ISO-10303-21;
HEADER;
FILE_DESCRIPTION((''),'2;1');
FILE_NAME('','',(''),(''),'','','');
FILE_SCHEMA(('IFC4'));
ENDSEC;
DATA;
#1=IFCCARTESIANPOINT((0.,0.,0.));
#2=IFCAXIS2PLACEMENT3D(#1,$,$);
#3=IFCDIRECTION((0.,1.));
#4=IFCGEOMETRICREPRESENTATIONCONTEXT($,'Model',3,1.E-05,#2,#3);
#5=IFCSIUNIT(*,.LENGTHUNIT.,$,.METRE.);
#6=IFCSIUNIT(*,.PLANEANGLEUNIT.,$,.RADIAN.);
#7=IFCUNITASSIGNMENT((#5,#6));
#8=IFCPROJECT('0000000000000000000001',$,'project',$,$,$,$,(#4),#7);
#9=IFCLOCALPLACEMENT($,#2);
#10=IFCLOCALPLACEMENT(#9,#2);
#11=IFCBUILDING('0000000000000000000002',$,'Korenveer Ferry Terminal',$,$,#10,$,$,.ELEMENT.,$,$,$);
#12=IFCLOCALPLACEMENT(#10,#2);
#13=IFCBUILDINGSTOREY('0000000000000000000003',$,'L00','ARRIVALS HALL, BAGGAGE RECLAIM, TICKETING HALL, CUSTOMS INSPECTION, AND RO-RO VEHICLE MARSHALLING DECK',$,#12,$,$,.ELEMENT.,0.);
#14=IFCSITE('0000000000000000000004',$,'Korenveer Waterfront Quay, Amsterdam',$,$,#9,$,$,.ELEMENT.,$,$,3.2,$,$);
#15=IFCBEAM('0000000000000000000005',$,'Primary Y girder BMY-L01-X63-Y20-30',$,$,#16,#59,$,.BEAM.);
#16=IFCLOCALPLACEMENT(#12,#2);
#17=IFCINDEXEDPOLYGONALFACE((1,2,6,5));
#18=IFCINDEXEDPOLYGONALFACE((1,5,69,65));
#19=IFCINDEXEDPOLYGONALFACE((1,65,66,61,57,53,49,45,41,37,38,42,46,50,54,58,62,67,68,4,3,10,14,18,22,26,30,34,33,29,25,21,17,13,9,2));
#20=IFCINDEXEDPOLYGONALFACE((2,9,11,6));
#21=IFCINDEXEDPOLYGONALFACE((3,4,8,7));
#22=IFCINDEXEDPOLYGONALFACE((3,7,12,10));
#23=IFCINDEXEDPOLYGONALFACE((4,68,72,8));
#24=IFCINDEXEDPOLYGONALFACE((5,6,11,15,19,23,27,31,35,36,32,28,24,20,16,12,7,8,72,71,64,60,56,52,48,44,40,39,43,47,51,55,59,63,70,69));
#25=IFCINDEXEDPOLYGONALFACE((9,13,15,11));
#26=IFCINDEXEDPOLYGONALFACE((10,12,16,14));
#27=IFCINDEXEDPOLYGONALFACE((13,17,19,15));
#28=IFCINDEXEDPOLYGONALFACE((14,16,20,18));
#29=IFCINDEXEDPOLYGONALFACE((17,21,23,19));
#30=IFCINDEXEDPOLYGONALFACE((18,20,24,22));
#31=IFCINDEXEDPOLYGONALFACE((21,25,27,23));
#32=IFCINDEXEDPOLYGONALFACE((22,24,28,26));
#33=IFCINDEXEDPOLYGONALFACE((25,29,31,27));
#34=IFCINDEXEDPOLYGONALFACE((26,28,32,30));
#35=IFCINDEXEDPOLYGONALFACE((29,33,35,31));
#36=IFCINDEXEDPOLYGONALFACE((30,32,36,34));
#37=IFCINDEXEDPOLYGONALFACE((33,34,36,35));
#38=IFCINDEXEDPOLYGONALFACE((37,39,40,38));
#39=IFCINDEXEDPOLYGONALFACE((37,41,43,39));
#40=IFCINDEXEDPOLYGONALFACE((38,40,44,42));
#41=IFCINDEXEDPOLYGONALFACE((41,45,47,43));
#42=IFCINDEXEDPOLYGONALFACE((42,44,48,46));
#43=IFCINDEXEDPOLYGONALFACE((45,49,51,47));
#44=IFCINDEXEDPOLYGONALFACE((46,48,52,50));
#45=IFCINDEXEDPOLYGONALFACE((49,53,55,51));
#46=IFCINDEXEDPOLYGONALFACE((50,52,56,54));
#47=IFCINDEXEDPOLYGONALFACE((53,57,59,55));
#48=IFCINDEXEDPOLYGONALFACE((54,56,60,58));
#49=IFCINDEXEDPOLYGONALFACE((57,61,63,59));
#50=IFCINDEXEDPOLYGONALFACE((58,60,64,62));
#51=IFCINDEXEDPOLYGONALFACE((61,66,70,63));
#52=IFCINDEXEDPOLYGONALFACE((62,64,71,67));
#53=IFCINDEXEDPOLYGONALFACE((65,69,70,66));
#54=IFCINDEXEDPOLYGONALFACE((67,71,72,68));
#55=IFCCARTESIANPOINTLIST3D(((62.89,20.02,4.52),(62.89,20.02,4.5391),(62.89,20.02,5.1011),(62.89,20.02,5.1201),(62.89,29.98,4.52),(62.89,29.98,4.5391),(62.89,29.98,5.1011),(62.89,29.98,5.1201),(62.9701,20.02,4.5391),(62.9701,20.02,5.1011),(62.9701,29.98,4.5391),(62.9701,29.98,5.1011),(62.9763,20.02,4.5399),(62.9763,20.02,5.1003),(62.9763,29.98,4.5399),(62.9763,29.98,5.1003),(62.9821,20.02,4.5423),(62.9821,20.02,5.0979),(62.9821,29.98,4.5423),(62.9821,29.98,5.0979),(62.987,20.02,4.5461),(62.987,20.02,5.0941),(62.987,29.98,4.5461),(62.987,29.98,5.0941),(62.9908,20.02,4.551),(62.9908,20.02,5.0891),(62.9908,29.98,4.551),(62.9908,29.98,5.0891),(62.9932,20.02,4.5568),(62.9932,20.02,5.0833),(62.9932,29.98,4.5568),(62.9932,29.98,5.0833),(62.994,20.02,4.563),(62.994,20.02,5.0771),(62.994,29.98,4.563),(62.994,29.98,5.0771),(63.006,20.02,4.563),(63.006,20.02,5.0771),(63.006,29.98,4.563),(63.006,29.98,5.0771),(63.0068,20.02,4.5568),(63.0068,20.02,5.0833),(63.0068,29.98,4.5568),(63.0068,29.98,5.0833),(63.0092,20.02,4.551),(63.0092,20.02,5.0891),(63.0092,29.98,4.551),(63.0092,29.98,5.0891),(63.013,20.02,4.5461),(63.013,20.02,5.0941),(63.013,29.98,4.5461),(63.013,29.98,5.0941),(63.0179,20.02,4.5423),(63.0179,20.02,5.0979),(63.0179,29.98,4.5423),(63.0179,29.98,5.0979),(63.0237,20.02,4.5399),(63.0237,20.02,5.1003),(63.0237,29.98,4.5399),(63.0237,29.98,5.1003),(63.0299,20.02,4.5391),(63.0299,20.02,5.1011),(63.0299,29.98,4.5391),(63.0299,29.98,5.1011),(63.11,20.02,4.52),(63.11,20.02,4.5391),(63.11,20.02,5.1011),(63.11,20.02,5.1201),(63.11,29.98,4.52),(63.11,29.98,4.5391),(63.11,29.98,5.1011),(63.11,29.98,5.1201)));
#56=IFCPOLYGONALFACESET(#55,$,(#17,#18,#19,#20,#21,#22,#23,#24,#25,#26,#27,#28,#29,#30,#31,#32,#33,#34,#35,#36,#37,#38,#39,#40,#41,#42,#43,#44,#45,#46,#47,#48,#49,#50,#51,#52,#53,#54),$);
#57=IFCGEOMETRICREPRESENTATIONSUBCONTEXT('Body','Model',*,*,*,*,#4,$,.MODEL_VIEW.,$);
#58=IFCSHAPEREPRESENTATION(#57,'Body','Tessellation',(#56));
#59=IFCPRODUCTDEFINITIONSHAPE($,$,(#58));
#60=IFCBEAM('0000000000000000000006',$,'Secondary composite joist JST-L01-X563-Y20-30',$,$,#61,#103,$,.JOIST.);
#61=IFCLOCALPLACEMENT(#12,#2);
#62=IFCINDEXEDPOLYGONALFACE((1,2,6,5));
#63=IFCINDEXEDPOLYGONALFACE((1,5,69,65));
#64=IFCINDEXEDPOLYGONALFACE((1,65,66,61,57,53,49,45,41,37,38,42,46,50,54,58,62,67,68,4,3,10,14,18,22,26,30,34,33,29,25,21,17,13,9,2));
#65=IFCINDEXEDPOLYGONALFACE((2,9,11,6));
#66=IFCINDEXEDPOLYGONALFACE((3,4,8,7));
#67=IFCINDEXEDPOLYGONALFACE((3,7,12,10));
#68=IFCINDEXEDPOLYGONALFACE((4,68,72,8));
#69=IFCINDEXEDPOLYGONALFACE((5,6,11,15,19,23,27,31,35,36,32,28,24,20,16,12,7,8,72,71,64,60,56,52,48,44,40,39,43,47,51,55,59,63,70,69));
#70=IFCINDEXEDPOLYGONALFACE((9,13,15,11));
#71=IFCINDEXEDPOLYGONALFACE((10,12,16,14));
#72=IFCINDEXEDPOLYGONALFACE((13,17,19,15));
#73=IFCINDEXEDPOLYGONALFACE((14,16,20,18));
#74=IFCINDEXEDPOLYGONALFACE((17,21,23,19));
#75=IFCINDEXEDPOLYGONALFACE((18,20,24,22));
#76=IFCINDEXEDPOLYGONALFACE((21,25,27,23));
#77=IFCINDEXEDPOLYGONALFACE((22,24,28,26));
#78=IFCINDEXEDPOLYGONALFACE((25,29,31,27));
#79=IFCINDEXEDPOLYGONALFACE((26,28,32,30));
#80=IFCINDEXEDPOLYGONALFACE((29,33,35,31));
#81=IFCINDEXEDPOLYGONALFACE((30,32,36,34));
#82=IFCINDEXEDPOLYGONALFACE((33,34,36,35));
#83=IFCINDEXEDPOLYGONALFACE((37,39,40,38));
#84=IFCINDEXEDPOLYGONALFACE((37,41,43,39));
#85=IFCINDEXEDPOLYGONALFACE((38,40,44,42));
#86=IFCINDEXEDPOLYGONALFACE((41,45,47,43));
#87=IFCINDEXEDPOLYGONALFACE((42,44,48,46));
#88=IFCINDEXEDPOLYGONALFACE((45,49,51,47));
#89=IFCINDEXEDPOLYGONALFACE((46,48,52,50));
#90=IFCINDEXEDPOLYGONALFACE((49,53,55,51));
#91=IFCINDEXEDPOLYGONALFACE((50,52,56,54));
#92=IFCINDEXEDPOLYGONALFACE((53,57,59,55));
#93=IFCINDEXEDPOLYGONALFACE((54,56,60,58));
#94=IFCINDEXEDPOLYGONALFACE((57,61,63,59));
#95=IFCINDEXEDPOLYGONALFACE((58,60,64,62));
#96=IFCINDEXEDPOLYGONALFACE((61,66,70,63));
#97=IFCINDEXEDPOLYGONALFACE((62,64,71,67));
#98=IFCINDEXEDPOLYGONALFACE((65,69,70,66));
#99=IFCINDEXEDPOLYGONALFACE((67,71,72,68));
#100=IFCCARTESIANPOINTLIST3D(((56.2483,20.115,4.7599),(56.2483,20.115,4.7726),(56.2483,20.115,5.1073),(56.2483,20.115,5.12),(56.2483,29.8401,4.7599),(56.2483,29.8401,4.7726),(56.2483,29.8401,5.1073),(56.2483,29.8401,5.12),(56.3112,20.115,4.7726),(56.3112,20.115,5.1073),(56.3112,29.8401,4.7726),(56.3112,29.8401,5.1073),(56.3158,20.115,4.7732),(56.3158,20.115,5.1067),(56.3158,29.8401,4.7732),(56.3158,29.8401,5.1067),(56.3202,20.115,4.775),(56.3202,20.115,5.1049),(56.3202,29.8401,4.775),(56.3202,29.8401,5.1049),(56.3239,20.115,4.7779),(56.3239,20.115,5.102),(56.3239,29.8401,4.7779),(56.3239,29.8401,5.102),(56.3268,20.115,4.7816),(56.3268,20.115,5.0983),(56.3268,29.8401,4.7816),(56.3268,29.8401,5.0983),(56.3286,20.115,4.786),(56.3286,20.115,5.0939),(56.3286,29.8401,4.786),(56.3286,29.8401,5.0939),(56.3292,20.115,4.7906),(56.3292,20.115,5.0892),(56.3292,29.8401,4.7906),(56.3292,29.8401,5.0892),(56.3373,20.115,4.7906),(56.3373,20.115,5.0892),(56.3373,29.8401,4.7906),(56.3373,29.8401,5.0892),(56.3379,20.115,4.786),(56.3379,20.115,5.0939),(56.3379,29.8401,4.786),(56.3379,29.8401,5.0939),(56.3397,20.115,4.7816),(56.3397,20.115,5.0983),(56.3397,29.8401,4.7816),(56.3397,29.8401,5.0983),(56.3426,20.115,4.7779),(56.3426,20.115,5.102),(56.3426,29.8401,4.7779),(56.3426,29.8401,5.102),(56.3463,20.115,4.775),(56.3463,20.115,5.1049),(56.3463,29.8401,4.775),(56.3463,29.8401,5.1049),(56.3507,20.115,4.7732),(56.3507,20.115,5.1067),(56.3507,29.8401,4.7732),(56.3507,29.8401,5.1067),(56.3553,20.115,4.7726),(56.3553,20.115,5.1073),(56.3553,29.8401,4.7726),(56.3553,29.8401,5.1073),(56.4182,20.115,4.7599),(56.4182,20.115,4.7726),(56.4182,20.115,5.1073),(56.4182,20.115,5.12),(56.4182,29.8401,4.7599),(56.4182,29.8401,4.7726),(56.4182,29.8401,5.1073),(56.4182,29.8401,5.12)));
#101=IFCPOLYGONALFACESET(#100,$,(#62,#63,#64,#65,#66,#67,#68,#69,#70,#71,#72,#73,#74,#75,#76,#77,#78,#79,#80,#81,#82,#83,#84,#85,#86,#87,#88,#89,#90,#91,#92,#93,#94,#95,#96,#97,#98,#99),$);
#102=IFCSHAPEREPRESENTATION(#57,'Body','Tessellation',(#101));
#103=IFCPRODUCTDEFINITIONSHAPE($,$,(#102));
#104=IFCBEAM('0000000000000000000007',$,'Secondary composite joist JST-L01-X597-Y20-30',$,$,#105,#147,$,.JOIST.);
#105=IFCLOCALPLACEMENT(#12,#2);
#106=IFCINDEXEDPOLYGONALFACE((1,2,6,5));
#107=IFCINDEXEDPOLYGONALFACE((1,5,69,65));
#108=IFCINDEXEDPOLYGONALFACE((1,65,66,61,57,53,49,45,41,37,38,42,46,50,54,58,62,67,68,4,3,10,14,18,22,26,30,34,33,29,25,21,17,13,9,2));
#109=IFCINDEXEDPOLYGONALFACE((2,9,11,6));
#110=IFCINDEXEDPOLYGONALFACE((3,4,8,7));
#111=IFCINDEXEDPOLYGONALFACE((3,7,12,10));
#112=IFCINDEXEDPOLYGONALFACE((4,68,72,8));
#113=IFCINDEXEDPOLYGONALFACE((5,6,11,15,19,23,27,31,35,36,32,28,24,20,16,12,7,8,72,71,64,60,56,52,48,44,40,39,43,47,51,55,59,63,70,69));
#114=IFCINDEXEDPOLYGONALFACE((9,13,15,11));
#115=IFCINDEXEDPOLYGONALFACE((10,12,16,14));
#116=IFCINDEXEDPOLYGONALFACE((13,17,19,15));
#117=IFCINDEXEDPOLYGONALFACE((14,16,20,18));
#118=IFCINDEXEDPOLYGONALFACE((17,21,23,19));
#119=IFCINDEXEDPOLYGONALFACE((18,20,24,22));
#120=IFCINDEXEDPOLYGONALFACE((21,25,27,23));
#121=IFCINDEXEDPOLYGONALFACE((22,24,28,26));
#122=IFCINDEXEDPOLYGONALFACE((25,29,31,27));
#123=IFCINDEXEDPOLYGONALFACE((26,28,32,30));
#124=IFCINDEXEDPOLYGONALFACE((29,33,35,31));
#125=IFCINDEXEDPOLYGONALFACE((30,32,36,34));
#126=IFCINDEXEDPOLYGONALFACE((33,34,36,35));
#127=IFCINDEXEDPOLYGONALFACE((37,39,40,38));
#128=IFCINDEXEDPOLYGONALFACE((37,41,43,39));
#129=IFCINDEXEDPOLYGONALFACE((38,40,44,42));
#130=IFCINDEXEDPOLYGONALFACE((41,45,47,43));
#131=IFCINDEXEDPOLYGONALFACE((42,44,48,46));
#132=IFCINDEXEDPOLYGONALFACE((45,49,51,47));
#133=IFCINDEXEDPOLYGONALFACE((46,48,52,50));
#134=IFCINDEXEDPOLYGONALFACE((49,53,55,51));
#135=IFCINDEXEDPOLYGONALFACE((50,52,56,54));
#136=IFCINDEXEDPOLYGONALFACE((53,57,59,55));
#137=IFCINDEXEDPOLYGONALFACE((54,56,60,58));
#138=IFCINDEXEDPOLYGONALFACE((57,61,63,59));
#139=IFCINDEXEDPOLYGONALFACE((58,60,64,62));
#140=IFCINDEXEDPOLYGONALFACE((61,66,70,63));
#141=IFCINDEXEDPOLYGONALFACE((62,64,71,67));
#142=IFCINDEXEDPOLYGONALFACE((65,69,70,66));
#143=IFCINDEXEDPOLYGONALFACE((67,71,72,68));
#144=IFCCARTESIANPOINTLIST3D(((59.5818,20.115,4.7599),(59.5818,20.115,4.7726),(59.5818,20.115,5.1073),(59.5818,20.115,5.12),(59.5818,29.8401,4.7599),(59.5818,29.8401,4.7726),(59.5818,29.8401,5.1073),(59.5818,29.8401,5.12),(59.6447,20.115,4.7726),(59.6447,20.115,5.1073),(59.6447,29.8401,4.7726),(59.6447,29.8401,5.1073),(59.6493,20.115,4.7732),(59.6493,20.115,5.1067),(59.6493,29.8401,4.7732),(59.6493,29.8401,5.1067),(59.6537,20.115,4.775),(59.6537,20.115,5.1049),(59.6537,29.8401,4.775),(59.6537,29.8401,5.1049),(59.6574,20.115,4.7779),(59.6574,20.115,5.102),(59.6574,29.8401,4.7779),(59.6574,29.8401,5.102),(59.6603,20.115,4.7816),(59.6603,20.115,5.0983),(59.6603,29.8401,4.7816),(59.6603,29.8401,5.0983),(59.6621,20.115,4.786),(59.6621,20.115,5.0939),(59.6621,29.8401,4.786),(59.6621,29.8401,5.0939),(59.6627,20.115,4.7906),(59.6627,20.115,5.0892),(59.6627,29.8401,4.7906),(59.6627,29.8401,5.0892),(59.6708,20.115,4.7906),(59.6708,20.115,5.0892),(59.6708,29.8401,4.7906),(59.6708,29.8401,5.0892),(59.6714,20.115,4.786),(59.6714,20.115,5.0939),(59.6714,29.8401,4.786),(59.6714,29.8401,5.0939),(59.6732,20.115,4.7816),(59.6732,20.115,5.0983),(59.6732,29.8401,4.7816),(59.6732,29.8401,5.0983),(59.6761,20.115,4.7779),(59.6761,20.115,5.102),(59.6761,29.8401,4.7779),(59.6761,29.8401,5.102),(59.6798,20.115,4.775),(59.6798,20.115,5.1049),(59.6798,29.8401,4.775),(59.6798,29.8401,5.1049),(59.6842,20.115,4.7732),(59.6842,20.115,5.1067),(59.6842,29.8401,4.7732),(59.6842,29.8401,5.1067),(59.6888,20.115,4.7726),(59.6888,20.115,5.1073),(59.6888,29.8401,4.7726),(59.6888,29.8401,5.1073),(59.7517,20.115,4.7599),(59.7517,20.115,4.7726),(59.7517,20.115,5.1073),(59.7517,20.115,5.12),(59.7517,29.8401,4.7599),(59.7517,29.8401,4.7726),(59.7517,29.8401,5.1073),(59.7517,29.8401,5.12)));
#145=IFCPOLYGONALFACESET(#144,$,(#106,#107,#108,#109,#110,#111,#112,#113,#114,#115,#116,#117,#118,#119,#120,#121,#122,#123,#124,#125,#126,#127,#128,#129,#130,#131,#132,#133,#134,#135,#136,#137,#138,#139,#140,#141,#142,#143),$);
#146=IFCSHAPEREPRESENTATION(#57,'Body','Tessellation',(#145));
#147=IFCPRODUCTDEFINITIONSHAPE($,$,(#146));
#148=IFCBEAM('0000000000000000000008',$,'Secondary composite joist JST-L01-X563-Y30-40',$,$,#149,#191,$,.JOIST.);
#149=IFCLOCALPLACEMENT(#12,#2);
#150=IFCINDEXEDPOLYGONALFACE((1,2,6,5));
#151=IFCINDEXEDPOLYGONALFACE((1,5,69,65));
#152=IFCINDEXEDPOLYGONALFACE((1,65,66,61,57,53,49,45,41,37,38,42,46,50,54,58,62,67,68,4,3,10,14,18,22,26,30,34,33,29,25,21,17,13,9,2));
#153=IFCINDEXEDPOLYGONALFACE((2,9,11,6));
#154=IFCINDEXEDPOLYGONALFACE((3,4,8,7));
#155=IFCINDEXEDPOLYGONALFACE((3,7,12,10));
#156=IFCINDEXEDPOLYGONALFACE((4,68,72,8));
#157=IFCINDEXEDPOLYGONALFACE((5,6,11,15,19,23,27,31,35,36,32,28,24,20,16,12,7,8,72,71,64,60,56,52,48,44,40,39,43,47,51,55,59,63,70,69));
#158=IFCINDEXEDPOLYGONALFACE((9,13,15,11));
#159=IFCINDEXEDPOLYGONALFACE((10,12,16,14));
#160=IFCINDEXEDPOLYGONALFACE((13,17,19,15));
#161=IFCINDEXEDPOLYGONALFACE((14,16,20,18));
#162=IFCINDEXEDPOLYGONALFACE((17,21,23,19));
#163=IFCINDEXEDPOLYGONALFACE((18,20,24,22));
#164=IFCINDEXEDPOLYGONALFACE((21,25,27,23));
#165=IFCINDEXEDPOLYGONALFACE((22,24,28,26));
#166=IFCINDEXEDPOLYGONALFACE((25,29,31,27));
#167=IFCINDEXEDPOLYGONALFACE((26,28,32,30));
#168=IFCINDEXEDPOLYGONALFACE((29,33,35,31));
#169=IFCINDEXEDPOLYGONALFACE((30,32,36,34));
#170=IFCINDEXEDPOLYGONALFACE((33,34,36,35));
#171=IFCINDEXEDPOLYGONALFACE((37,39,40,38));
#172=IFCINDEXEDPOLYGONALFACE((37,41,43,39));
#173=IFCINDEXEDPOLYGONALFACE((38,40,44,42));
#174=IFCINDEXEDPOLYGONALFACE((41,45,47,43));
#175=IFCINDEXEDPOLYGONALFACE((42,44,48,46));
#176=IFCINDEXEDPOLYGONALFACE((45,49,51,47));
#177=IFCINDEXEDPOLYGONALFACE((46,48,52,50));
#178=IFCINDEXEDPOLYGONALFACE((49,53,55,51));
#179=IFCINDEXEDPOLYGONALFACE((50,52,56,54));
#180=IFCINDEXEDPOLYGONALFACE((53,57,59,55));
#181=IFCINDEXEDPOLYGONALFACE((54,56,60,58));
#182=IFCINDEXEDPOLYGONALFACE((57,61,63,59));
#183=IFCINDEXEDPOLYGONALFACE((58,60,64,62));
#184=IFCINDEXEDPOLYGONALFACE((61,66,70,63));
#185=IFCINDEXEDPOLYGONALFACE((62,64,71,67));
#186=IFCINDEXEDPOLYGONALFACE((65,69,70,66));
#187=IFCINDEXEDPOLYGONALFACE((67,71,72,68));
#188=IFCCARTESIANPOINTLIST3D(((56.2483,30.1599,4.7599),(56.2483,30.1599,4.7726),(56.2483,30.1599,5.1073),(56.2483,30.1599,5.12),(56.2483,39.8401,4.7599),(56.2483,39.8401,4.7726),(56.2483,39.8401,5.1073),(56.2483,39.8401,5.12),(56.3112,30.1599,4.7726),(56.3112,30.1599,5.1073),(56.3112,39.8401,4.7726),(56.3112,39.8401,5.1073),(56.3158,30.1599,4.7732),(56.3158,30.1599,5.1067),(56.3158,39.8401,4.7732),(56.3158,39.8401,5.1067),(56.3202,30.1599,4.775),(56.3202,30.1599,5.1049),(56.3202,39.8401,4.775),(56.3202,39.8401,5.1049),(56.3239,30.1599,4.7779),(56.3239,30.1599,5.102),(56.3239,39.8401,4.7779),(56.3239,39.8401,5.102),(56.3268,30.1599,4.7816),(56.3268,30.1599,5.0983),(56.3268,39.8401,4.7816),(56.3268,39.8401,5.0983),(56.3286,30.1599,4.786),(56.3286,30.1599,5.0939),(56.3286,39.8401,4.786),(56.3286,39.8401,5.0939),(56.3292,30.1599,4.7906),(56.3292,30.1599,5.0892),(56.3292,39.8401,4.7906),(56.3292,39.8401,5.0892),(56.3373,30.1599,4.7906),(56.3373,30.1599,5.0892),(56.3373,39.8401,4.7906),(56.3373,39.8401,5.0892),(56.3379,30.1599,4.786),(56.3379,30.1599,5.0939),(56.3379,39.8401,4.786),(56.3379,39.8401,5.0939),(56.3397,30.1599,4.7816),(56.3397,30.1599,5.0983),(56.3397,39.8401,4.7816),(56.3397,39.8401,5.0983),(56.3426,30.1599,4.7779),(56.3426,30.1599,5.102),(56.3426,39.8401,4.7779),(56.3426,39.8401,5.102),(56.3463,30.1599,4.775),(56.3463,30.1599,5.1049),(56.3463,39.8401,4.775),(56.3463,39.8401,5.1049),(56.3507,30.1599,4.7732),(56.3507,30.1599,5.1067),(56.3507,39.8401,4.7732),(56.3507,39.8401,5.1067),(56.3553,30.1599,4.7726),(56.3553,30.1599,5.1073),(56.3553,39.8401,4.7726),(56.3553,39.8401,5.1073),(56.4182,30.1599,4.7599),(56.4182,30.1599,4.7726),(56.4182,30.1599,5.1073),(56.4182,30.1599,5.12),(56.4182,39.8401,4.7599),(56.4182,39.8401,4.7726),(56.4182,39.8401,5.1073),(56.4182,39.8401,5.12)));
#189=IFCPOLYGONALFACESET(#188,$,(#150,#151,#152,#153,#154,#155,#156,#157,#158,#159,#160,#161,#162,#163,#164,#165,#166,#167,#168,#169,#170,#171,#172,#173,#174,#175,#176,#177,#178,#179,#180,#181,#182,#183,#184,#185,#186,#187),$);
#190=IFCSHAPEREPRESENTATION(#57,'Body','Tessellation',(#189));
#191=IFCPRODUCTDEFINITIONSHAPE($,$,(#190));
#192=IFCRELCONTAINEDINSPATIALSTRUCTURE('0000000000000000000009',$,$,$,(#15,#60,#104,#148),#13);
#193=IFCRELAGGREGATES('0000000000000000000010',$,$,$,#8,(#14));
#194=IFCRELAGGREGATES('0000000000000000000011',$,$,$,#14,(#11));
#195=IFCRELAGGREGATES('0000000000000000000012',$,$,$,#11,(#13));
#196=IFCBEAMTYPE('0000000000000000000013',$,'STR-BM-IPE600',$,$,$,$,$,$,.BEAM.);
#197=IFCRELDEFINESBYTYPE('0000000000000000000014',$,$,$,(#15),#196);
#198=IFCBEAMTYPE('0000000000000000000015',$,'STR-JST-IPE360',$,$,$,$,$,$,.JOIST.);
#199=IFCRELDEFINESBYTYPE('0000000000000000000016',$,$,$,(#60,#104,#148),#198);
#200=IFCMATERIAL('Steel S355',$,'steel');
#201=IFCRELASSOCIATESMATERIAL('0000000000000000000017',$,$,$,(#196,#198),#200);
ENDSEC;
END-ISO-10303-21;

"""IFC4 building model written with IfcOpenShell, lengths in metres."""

from ifc_helpers import new_model, si_unit, direction, frame, origin, origin_2d, place, context, subcontext, project, spatial, i_section, extrude, material, material_profile, profile_set, type_object, element, save


model = new_model("IFC4")

# Units and contexts
model_context = context("Model", 3, precision=1e-05, world=origin(), true_north=direction((0.0, 1.0)))
body_context = subcontext(model_context, "Body", "Model", "MODEL_VIEW")
ifc_project = project(units=[si_unit("LENGTHUNIT", "METRE"), si_unit("PLANEANGLEUNIT", "RADIAN")], contexts=[model_context])

# Site, building, storey
site_placement = place(None, origin())
site = spatial("IfcSite", under=ifc_project, at=site_placement, Name="Korenveer Waterfront Quay, Amsterdam", CompositionType="ELEMENT", RefElevation=3.2)
building_placement = place(site_placement, origin())
building = spatial("IfcBuilding", under=site, at=building_placement, Name="Korenveer Ferry Terminal", CompositionType="ELEMENT")
storey_placement = place(building_placement, origin())
storey = spatial("IfcBuildingStorey", under=building, at=storey_placement, Name="L00", Description="ARRIVALS HALL, BAGGAGE RECLAIM, TICKETING HALL, CUSTOMS INSPECTION, AND RO-RO VEHICLE MARSHALLING DECK", CompositionType="ELEMENT", Elevation=0.0)

# Shared definitions
ifc_material_1 = material(Name="Steel S355", Category="steel")

# Beams
ifc_material_profile_1 = material_profile(ifc_material_1, i_section(OverallWidth=0.22, OverallDepth=0.6001, WebThickness=0.012, FlangeThickness=0.019, FilletRadius=0.0239, at=origin_2d()), Name="IPE 600")
ifc_profile_set_1 = profile_set([ifc_material_profile_1], Name="Steel S355")
beam_type_1 = type_object("IfcBeamType", Name="STR-BM-IPE600", PredefinedType="BEAM", material=ifc_profile_set_1)
beam_1_placement = place(storey_placement, frame((63.0, 20.02, 4.8201), z_axis=(0.0, 1.0, 0.0), x_axis=(-1.0, 0.0, 0.0)))
element("IfcBeam", 1, at=beam_1_placement, inside=storey, type_object=beam_type_1, Name="Primary Y girder BMY-L01-X63-Y20-30", PredefinedType="BEAM", context=body_context, shape_type="SweptSolid", body=[
    extrude(i_section(OverallWidth=0.22, OverallDepth=0.6001, WebThickness=0.012, FlangeThickness=0.019, FilletRadius=0.0239, at=origin_2d()), origin(), (0.0, 0.0, 1.0), 9.96),
])
ifc_material_profile_2 = material_profile(ifc_material_1, i_section(OverallWidth=0.1699, OverallDepth=0.3601, WebThickness=0.0081, FlangeThickness=0.0127, FilletRadius=0.0181, at=origin_2d()), Name="IPE 360")
ifc_profile_set_2 = profile_set([ifc_material_profile_2], Name="Steel S355")
beam_type_2 = type_object("IfcBeamType", Name="STR-JST-IPE360", PredefinedType="JOIST", material=ifc_profile_set_2)
for number, where, z_axis, x_axis, name in (
    (2, (56.3333, 20.115, 4.9399), (0.0, 1.0, 0.0), (-1.0, 0.0, 0.0), "Secondary composite joist JST-L01-X563-Y20-30"),
    (3, (59.6667, 20.115, 4.9399), (0.0, 1.0, 0.0), (-1.0, 0.0, 0.0), "Secondary composite joist JST-L01-X597-Y20-30"),
):
    element("IfcBeam", number, at=place(storey_placement, frame(where, z_axis=z_axis, x_axis=x_axis)), inside=storey, type_object=beam_type_2, Name=name, PredefinedType="JOIST", context=body_context, shape_type="SweptSolid", body=[
        extrude(i_section(OverallWidth=0.1699, OverallDepth=0.3601, WebThickness=0.0081, FlangeThickness=0.0127, FilletRadius=0.0181, at=origin_2d()), origin(), (0.0, 0.0, 1.0), 9.7251),
    ])
for number, where, z_axis, x_axis, name in (
    (4, (56.3333, 30.1599, 4.9399), (0.0, 1.0, 0.0), (-1.0, 0.0, 0.0), "Secondary composite joist JST-L01-X563-Y30-40"),
):
    element("IfcBeam", number, at=place(storey_placement, frame(where, z_axis=z_axis, x_axis=x_axis)), inside=storey, type_object=beam_type_2, Name=name, PredefinedType="JOIST", context=body_context, shape_type="SweptSolid", body=[
        extrude(i_section(OverallWidth=0.1699, OverallDepth=0.3601, WebThickness=0.0081, FlangeThickness=0.0127, FilletRadius=0.0181, at=origin_2d()), origin(), (0.0, 0.0, 1.0), 9.6802),
    ])

save(model, "model.ifc")
